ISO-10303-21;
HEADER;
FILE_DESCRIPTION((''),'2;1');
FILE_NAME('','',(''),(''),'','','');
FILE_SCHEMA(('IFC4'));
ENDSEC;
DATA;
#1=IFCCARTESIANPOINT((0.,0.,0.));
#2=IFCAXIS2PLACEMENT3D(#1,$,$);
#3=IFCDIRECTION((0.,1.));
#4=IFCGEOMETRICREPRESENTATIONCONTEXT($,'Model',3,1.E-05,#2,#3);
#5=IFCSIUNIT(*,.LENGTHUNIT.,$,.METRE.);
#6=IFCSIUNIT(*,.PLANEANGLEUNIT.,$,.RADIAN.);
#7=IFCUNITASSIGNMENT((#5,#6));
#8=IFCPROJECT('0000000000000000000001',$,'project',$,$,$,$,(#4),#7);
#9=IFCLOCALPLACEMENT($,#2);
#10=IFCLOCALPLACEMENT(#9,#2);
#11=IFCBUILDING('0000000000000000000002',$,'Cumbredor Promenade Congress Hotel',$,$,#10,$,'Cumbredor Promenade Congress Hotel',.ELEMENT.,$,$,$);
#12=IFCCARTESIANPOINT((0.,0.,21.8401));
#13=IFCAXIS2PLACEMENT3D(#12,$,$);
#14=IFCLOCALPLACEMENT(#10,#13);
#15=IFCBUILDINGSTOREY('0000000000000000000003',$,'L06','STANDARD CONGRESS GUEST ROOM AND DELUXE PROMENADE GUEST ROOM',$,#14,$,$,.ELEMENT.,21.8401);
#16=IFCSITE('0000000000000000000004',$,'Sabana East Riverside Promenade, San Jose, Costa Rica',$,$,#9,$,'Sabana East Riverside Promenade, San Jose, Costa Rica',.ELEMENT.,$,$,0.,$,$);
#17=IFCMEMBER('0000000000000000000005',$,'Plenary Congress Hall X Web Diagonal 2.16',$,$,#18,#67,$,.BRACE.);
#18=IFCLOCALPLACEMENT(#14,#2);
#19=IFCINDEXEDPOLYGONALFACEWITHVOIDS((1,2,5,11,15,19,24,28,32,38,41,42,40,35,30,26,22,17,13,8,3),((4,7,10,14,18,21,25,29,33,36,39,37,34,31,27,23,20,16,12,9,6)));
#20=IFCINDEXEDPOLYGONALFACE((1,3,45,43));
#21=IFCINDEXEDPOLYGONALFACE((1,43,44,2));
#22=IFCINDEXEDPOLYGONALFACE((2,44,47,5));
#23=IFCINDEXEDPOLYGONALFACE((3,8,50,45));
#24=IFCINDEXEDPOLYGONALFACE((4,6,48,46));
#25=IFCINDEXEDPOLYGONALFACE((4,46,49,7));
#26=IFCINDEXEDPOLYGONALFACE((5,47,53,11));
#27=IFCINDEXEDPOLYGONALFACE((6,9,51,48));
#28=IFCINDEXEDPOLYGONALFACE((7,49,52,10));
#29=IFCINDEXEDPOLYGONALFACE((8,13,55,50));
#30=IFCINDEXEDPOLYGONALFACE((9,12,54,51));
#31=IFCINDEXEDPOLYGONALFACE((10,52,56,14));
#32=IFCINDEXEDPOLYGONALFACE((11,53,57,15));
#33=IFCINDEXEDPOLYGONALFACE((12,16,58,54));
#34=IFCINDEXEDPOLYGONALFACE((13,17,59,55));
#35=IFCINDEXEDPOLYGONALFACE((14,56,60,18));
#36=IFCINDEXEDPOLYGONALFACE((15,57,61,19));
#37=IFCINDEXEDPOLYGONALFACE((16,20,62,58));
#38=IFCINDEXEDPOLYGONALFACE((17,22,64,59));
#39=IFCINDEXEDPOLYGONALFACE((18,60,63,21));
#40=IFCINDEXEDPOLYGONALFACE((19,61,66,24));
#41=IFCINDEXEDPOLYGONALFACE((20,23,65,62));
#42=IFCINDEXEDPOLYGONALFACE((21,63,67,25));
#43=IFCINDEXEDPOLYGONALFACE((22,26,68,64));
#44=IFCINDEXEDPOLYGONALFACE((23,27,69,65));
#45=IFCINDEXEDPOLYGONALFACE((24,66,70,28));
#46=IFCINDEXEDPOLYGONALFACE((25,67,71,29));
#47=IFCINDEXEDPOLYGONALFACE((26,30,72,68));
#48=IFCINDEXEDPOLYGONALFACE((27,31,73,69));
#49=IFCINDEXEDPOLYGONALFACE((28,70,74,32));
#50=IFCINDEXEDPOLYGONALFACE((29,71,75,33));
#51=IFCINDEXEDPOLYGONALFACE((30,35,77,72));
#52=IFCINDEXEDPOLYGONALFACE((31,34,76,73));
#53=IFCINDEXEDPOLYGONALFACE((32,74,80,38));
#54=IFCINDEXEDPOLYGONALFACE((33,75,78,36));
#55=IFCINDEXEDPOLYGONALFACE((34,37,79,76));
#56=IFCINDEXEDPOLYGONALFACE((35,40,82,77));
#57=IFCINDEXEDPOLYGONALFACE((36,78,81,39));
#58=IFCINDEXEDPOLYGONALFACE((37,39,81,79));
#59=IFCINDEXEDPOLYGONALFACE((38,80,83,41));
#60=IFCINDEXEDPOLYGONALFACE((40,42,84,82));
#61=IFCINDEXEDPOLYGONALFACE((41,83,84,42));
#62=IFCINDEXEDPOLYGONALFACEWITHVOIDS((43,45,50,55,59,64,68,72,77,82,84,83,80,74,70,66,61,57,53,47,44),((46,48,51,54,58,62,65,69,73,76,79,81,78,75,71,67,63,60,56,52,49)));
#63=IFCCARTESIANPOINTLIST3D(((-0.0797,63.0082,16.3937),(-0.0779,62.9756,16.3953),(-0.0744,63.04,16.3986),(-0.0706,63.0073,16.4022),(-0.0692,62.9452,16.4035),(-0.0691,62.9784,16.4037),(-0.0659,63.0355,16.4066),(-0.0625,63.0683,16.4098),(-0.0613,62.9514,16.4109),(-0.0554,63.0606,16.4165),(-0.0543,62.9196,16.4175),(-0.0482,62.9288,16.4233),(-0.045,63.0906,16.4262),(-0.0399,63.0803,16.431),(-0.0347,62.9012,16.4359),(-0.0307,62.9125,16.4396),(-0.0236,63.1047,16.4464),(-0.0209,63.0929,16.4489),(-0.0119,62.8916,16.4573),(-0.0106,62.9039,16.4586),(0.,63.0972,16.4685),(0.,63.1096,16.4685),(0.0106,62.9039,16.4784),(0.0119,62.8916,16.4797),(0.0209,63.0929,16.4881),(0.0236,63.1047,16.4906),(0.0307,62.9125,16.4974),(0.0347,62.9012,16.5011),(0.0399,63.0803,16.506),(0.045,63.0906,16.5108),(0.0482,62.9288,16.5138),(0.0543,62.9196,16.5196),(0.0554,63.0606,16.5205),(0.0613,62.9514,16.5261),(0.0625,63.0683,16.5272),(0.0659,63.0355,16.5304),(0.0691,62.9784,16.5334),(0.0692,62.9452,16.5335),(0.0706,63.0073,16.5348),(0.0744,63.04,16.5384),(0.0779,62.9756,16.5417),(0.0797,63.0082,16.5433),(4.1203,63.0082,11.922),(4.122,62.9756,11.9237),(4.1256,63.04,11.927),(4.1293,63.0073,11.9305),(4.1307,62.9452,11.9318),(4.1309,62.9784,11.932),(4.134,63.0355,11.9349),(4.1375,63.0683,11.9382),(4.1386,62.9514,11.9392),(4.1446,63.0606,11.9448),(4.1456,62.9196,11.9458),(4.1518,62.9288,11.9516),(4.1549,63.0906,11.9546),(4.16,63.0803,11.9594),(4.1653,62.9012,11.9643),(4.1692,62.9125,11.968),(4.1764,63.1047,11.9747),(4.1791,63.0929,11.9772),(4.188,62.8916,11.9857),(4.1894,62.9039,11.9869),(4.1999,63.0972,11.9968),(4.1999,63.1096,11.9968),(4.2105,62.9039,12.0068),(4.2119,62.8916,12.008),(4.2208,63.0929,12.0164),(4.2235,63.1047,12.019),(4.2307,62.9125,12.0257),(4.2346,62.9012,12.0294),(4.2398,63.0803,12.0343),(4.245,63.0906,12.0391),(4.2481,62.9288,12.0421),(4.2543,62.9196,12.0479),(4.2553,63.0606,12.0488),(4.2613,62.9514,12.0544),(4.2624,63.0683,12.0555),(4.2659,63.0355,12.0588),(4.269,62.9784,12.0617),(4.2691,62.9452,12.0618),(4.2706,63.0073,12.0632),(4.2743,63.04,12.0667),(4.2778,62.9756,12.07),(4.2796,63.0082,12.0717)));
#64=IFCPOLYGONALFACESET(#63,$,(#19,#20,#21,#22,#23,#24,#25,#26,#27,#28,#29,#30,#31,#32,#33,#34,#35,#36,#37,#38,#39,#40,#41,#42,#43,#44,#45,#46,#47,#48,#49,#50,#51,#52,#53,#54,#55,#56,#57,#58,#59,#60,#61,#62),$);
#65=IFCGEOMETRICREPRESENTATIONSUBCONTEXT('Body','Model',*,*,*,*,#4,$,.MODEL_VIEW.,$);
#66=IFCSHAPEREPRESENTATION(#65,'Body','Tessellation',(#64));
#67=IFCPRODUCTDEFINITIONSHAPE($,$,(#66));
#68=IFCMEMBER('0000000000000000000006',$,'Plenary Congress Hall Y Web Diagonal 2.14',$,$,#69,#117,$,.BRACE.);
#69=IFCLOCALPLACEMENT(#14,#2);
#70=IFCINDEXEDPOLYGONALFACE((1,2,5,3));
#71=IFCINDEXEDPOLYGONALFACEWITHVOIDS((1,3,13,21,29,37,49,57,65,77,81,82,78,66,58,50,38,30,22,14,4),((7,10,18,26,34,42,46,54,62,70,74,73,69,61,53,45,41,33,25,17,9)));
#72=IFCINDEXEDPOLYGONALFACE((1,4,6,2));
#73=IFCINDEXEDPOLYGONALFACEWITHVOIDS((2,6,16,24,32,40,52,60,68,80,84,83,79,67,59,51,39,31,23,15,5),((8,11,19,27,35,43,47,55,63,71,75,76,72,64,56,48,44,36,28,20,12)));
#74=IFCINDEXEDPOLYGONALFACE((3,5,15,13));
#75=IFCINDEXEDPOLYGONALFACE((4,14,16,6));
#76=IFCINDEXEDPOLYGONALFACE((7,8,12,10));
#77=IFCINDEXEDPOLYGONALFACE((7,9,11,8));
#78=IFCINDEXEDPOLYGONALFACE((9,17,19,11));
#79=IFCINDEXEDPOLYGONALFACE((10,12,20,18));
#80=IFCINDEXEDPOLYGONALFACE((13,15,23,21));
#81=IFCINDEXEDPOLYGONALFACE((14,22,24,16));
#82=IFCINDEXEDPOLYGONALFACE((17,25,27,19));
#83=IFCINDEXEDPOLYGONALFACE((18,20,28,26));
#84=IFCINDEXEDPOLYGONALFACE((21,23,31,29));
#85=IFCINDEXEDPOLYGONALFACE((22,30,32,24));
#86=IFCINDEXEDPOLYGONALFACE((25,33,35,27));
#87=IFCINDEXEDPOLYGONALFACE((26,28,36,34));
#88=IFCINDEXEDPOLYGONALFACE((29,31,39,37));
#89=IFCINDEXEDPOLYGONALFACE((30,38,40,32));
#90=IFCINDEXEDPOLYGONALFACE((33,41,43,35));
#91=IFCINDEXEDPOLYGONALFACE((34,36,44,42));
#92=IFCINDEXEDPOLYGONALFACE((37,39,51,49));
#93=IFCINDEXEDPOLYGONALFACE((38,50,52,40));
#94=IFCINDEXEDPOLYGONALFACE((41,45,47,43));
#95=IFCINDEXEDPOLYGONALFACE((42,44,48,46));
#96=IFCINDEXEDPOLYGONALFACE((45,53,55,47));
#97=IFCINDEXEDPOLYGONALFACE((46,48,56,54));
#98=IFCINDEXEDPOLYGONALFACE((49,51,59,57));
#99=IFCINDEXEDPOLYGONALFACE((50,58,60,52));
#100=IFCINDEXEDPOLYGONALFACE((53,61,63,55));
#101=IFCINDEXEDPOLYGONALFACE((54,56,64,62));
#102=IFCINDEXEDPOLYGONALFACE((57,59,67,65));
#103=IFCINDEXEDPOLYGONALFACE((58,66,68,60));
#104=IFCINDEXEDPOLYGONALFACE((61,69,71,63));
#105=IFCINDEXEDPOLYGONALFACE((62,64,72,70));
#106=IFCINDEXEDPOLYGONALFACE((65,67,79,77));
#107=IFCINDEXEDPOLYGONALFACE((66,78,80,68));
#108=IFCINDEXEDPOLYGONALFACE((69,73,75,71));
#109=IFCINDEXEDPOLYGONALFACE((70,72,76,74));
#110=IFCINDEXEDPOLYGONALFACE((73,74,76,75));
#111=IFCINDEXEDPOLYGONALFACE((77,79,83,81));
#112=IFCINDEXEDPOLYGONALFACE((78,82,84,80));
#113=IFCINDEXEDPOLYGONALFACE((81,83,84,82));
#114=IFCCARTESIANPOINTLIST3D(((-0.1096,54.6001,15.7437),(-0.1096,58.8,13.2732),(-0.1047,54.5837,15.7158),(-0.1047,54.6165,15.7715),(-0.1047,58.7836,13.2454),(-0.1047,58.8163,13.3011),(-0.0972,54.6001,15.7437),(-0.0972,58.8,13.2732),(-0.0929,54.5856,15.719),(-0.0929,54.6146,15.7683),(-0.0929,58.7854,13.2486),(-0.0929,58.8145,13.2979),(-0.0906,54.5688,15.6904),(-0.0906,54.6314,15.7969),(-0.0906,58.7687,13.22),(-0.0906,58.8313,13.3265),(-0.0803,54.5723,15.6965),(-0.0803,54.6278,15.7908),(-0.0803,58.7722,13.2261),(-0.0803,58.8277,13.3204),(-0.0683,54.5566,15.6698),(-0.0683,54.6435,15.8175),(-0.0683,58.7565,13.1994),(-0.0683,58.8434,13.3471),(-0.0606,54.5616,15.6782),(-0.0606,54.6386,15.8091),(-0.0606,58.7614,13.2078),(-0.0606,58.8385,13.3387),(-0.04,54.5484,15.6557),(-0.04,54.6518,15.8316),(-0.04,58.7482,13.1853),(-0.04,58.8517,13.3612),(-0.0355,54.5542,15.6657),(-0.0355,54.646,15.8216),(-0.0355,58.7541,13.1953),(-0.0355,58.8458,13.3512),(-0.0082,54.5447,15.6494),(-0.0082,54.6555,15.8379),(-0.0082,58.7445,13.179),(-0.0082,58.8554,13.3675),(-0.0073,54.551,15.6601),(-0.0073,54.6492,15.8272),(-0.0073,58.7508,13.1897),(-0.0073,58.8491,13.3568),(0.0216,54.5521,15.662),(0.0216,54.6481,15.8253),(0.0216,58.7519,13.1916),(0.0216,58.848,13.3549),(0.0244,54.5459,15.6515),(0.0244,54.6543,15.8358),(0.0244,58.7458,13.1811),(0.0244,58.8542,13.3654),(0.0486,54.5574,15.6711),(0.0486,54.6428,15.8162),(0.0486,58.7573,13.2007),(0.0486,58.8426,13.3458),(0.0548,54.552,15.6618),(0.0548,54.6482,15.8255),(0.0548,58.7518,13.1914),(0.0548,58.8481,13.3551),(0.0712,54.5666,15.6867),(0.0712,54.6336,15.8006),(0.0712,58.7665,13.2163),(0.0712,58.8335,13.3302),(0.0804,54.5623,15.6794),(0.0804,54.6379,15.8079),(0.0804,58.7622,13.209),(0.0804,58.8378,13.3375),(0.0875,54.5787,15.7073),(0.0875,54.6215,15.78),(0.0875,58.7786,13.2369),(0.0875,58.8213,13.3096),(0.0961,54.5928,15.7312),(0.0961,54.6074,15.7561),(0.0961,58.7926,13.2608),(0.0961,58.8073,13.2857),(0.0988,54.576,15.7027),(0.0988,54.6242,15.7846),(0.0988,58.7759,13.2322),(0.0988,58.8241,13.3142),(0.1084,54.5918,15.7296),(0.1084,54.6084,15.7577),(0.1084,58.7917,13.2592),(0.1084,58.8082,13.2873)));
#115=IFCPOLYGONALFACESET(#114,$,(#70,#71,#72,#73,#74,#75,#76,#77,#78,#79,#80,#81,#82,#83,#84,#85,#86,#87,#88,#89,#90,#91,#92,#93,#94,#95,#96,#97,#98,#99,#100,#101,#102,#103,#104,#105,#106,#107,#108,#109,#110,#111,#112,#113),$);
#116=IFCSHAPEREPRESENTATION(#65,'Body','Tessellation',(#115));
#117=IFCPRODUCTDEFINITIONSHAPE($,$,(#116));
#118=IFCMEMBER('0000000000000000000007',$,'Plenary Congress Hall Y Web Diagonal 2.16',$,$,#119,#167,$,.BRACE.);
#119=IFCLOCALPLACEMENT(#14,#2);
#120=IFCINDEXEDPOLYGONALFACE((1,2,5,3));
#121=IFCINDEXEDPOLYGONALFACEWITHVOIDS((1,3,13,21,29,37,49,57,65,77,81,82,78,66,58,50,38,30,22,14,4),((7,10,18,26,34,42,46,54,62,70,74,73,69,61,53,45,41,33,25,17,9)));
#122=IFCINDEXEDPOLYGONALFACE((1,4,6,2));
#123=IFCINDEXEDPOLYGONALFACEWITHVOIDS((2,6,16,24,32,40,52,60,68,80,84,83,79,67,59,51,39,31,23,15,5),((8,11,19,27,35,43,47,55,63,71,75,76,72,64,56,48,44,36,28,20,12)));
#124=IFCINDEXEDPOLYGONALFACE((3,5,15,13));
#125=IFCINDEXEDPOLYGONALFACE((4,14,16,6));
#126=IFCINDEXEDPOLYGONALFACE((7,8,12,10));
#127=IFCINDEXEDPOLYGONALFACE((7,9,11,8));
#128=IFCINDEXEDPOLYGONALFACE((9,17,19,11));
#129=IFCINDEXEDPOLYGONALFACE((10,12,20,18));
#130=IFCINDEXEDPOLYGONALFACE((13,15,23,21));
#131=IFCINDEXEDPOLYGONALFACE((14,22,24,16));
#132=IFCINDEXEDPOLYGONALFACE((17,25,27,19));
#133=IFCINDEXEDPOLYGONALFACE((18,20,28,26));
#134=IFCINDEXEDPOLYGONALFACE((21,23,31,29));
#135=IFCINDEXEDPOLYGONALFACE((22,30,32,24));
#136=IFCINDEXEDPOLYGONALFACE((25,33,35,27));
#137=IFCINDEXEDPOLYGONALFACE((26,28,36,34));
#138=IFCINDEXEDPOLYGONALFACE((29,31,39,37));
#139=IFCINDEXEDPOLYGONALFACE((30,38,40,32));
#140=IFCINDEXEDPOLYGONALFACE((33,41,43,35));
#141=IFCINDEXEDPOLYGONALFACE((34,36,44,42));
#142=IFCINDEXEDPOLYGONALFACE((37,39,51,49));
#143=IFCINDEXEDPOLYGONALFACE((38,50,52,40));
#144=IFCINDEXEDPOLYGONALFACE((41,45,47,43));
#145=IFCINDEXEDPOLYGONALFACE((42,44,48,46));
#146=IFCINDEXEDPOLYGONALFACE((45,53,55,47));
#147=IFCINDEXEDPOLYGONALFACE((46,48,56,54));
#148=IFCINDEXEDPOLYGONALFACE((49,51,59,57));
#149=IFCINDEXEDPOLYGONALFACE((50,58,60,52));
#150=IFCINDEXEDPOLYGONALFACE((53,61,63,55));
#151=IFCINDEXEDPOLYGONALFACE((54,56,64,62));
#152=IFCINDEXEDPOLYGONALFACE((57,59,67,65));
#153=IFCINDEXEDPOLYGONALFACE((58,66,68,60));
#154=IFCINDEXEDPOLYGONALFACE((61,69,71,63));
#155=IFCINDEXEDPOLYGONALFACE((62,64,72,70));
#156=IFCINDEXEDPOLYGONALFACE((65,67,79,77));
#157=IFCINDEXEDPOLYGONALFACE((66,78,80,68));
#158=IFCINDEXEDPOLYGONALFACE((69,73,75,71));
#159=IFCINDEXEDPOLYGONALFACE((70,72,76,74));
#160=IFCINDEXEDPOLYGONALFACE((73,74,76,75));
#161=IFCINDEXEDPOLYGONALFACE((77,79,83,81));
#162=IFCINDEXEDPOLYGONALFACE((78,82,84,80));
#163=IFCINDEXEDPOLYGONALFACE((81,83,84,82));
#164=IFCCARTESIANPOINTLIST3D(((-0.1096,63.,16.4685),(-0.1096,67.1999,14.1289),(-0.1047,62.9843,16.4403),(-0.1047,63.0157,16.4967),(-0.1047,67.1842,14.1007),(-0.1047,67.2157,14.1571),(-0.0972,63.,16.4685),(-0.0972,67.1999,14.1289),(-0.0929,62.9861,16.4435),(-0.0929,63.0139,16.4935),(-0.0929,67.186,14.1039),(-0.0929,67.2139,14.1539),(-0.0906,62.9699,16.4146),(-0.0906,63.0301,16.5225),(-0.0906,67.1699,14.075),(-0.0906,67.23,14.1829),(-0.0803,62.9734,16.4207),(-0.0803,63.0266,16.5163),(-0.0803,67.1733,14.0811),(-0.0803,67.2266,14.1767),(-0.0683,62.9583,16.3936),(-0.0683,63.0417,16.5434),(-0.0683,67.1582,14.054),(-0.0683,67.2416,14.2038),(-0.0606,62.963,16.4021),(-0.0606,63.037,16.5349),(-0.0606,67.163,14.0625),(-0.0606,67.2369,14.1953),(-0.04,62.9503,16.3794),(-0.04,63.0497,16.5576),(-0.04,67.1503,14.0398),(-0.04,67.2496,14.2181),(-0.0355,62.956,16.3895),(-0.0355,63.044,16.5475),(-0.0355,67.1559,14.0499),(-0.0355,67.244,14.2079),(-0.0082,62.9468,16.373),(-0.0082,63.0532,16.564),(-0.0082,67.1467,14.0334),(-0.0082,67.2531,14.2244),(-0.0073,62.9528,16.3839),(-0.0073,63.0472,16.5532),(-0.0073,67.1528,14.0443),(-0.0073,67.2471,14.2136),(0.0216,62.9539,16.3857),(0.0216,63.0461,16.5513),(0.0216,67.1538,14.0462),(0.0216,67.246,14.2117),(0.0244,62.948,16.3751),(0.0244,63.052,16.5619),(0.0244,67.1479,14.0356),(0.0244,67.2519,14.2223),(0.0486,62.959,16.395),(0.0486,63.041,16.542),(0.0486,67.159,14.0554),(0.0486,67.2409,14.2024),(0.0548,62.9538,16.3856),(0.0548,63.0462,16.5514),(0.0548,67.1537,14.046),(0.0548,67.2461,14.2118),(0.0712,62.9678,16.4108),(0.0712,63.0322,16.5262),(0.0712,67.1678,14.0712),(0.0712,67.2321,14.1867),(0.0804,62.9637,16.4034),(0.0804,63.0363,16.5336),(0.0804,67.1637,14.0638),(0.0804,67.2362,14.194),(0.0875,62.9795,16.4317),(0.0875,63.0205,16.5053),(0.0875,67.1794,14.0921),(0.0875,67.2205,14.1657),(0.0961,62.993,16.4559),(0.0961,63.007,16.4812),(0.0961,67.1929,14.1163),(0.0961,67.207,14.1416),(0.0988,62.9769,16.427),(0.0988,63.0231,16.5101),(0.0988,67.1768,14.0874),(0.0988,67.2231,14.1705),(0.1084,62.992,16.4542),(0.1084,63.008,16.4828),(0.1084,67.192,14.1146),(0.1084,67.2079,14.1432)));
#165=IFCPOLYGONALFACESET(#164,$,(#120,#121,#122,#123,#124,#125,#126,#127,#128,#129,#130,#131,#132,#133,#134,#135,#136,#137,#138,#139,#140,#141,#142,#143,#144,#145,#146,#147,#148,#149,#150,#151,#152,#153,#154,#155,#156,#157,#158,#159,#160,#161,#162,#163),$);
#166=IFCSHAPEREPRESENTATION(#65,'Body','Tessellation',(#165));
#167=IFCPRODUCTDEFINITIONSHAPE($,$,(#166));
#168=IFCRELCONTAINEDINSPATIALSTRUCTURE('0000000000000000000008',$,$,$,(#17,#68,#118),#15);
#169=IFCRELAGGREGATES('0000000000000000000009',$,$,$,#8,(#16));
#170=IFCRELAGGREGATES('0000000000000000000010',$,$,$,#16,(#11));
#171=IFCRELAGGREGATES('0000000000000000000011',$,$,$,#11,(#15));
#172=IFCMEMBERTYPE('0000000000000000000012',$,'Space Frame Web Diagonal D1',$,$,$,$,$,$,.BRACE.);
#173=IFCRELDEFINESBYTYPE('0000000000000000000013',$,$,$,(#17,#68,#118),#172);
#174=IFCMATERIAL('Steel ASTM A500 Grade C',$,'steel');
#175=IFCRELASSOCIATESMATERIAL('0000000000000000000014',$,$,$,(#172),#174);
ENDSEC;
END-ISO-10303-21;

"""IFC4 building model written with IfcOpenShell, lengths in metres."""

from ifc_helpers import new_model, si_unit, direction, frame, origin, origin_2d, place, context, subcontext, project, spatial, hollow_circle, extrude, material, material_profile, profile_set, type_object, element, save


model = new_model("IFC4")

# Units and contexts
model_context = context("Model", 3, precision=1e-05, world=origin(), true_north=direction((0.0, 1.0)))
body_context = subcontext(model_context, "Body", "Model", "MODEL_VIEW")
ifc_project = project(units=[si_unit("LENGTHUNIT", "METRE"), si_unit("PLANEANGLEUNIT", "RADIAN")], contexts=[model_context])

# Site, building, storey
site_placement = place(None, origin())
site = spatial("IfcSite", under=ifc_project, at=site_placement, Name="Sabana East Riverside Promenade, San Jose, Costa Rica", LongName="Sabana East Riverside Promenade, San Jose, Costa Rica", CompositionType="ELEMENT", RefElevation=0.0)
building_placement = place(site_placement, origin())
building = spatial("IfcBuilding", under=site, at=building_placement, Name="Cumbredor Promenade Congress Hotel", LongName="Cumbredor Promenade Congress Hotel", CompositionType="ELEMENT")
storey_placement = place(building_placement, frame((0.0, 0.0, 21.8401)))
storey = spatial("IfcBuildingStorey", under=building, at=storey_placement, Name="L06", Description="STANDARD CONGRESS GUEST ROOM AND DELUXE PROMENADE GUEST ROOM", CompositionType="ELEMENT", Elevation=21.8401)

# Members
ifc_material_1 = material(Name="Steel ASTM A500 Grade C", Category="steel")
ifc_material_profile_1 = material_profile(ifc_material_1, hollow_circle(Radius=0.1096, WallThickness=0.0125, at=origin_2d()), Name="CHS 219.1x12.5")
ifc_profile_set_1 = profile_set([ifc_material_profile_1], Name="Steel ASTM A500 Grade C")
member_type_1 = type_object("IfcMemberType", Name="Space Frame Web Diagonal D1", PredefinedType="BRACE", material=ifc_profile_set_1)
member_1_placement = place(storey_placement, frame((0.0, 63.0, 16.4685), z_axis=(0.684613, 0.0, -0.728906), x_axis=(0.0, 1.0, 0.0)))
element("IfcMember", 1, at=member_1_placement, inside=storey, type_object=member_type_1, Name="Plenary Congress Hall X Web Diagonal 2.16", PredefinedType="BRACE", context=body_context, shape_type="SweptSolid", body=[
    extrude(hollow_circle(Radius=0.1096, WallThickness=0.0125, at=origin_2d()), origin(), (0.0, 0.0, 1.0), 6.1348),
])
member_2_placement = place(storey_placement, frame((0.0, 54.6001, 15.7437), z_axis=(0.0, 0.861943, -0.507005), x_axis=(-1.0, 0.0, 0.0)))
element("IfcMember", 2, at=member_2_placement, inside=storey, type_object=member_type_1, Name="Plenary Congress Hall Y Web Diagonal 2.14", PredefinedType="BRACE", context=body_context, shape_type="SweptSolid", body=[
    extrude(hollow_circle(Radius=0.1096, WallThickness=0.0125, at=origin_2d()), origin(), (0.0, 0.0, 1.0), 4.8726),
])
member_3_placement = place(storey_placement, frame((0.0, 63.0, 16.4685), z_axis=(0.0, 0.873601, -0.486643), x_axis=(-1.0, 0.0, 0.0)))
element("IfcMember", 3, at=member_3_placement, inside=storey, type_object=member_type_1, Name="Plenary Congress Hall Y Web Diagonal 2.16", PredefinedType="BRACE", context=body_context, shape_type="SweptSolid", body=[
    extrude(hollow_circle(Radius=0.1096, WallThickness=0.0125, at=origin_2d()), origin(), (0.0, 0.0, 1.0), 4.8076),
])

save(model, "model.ifc")
